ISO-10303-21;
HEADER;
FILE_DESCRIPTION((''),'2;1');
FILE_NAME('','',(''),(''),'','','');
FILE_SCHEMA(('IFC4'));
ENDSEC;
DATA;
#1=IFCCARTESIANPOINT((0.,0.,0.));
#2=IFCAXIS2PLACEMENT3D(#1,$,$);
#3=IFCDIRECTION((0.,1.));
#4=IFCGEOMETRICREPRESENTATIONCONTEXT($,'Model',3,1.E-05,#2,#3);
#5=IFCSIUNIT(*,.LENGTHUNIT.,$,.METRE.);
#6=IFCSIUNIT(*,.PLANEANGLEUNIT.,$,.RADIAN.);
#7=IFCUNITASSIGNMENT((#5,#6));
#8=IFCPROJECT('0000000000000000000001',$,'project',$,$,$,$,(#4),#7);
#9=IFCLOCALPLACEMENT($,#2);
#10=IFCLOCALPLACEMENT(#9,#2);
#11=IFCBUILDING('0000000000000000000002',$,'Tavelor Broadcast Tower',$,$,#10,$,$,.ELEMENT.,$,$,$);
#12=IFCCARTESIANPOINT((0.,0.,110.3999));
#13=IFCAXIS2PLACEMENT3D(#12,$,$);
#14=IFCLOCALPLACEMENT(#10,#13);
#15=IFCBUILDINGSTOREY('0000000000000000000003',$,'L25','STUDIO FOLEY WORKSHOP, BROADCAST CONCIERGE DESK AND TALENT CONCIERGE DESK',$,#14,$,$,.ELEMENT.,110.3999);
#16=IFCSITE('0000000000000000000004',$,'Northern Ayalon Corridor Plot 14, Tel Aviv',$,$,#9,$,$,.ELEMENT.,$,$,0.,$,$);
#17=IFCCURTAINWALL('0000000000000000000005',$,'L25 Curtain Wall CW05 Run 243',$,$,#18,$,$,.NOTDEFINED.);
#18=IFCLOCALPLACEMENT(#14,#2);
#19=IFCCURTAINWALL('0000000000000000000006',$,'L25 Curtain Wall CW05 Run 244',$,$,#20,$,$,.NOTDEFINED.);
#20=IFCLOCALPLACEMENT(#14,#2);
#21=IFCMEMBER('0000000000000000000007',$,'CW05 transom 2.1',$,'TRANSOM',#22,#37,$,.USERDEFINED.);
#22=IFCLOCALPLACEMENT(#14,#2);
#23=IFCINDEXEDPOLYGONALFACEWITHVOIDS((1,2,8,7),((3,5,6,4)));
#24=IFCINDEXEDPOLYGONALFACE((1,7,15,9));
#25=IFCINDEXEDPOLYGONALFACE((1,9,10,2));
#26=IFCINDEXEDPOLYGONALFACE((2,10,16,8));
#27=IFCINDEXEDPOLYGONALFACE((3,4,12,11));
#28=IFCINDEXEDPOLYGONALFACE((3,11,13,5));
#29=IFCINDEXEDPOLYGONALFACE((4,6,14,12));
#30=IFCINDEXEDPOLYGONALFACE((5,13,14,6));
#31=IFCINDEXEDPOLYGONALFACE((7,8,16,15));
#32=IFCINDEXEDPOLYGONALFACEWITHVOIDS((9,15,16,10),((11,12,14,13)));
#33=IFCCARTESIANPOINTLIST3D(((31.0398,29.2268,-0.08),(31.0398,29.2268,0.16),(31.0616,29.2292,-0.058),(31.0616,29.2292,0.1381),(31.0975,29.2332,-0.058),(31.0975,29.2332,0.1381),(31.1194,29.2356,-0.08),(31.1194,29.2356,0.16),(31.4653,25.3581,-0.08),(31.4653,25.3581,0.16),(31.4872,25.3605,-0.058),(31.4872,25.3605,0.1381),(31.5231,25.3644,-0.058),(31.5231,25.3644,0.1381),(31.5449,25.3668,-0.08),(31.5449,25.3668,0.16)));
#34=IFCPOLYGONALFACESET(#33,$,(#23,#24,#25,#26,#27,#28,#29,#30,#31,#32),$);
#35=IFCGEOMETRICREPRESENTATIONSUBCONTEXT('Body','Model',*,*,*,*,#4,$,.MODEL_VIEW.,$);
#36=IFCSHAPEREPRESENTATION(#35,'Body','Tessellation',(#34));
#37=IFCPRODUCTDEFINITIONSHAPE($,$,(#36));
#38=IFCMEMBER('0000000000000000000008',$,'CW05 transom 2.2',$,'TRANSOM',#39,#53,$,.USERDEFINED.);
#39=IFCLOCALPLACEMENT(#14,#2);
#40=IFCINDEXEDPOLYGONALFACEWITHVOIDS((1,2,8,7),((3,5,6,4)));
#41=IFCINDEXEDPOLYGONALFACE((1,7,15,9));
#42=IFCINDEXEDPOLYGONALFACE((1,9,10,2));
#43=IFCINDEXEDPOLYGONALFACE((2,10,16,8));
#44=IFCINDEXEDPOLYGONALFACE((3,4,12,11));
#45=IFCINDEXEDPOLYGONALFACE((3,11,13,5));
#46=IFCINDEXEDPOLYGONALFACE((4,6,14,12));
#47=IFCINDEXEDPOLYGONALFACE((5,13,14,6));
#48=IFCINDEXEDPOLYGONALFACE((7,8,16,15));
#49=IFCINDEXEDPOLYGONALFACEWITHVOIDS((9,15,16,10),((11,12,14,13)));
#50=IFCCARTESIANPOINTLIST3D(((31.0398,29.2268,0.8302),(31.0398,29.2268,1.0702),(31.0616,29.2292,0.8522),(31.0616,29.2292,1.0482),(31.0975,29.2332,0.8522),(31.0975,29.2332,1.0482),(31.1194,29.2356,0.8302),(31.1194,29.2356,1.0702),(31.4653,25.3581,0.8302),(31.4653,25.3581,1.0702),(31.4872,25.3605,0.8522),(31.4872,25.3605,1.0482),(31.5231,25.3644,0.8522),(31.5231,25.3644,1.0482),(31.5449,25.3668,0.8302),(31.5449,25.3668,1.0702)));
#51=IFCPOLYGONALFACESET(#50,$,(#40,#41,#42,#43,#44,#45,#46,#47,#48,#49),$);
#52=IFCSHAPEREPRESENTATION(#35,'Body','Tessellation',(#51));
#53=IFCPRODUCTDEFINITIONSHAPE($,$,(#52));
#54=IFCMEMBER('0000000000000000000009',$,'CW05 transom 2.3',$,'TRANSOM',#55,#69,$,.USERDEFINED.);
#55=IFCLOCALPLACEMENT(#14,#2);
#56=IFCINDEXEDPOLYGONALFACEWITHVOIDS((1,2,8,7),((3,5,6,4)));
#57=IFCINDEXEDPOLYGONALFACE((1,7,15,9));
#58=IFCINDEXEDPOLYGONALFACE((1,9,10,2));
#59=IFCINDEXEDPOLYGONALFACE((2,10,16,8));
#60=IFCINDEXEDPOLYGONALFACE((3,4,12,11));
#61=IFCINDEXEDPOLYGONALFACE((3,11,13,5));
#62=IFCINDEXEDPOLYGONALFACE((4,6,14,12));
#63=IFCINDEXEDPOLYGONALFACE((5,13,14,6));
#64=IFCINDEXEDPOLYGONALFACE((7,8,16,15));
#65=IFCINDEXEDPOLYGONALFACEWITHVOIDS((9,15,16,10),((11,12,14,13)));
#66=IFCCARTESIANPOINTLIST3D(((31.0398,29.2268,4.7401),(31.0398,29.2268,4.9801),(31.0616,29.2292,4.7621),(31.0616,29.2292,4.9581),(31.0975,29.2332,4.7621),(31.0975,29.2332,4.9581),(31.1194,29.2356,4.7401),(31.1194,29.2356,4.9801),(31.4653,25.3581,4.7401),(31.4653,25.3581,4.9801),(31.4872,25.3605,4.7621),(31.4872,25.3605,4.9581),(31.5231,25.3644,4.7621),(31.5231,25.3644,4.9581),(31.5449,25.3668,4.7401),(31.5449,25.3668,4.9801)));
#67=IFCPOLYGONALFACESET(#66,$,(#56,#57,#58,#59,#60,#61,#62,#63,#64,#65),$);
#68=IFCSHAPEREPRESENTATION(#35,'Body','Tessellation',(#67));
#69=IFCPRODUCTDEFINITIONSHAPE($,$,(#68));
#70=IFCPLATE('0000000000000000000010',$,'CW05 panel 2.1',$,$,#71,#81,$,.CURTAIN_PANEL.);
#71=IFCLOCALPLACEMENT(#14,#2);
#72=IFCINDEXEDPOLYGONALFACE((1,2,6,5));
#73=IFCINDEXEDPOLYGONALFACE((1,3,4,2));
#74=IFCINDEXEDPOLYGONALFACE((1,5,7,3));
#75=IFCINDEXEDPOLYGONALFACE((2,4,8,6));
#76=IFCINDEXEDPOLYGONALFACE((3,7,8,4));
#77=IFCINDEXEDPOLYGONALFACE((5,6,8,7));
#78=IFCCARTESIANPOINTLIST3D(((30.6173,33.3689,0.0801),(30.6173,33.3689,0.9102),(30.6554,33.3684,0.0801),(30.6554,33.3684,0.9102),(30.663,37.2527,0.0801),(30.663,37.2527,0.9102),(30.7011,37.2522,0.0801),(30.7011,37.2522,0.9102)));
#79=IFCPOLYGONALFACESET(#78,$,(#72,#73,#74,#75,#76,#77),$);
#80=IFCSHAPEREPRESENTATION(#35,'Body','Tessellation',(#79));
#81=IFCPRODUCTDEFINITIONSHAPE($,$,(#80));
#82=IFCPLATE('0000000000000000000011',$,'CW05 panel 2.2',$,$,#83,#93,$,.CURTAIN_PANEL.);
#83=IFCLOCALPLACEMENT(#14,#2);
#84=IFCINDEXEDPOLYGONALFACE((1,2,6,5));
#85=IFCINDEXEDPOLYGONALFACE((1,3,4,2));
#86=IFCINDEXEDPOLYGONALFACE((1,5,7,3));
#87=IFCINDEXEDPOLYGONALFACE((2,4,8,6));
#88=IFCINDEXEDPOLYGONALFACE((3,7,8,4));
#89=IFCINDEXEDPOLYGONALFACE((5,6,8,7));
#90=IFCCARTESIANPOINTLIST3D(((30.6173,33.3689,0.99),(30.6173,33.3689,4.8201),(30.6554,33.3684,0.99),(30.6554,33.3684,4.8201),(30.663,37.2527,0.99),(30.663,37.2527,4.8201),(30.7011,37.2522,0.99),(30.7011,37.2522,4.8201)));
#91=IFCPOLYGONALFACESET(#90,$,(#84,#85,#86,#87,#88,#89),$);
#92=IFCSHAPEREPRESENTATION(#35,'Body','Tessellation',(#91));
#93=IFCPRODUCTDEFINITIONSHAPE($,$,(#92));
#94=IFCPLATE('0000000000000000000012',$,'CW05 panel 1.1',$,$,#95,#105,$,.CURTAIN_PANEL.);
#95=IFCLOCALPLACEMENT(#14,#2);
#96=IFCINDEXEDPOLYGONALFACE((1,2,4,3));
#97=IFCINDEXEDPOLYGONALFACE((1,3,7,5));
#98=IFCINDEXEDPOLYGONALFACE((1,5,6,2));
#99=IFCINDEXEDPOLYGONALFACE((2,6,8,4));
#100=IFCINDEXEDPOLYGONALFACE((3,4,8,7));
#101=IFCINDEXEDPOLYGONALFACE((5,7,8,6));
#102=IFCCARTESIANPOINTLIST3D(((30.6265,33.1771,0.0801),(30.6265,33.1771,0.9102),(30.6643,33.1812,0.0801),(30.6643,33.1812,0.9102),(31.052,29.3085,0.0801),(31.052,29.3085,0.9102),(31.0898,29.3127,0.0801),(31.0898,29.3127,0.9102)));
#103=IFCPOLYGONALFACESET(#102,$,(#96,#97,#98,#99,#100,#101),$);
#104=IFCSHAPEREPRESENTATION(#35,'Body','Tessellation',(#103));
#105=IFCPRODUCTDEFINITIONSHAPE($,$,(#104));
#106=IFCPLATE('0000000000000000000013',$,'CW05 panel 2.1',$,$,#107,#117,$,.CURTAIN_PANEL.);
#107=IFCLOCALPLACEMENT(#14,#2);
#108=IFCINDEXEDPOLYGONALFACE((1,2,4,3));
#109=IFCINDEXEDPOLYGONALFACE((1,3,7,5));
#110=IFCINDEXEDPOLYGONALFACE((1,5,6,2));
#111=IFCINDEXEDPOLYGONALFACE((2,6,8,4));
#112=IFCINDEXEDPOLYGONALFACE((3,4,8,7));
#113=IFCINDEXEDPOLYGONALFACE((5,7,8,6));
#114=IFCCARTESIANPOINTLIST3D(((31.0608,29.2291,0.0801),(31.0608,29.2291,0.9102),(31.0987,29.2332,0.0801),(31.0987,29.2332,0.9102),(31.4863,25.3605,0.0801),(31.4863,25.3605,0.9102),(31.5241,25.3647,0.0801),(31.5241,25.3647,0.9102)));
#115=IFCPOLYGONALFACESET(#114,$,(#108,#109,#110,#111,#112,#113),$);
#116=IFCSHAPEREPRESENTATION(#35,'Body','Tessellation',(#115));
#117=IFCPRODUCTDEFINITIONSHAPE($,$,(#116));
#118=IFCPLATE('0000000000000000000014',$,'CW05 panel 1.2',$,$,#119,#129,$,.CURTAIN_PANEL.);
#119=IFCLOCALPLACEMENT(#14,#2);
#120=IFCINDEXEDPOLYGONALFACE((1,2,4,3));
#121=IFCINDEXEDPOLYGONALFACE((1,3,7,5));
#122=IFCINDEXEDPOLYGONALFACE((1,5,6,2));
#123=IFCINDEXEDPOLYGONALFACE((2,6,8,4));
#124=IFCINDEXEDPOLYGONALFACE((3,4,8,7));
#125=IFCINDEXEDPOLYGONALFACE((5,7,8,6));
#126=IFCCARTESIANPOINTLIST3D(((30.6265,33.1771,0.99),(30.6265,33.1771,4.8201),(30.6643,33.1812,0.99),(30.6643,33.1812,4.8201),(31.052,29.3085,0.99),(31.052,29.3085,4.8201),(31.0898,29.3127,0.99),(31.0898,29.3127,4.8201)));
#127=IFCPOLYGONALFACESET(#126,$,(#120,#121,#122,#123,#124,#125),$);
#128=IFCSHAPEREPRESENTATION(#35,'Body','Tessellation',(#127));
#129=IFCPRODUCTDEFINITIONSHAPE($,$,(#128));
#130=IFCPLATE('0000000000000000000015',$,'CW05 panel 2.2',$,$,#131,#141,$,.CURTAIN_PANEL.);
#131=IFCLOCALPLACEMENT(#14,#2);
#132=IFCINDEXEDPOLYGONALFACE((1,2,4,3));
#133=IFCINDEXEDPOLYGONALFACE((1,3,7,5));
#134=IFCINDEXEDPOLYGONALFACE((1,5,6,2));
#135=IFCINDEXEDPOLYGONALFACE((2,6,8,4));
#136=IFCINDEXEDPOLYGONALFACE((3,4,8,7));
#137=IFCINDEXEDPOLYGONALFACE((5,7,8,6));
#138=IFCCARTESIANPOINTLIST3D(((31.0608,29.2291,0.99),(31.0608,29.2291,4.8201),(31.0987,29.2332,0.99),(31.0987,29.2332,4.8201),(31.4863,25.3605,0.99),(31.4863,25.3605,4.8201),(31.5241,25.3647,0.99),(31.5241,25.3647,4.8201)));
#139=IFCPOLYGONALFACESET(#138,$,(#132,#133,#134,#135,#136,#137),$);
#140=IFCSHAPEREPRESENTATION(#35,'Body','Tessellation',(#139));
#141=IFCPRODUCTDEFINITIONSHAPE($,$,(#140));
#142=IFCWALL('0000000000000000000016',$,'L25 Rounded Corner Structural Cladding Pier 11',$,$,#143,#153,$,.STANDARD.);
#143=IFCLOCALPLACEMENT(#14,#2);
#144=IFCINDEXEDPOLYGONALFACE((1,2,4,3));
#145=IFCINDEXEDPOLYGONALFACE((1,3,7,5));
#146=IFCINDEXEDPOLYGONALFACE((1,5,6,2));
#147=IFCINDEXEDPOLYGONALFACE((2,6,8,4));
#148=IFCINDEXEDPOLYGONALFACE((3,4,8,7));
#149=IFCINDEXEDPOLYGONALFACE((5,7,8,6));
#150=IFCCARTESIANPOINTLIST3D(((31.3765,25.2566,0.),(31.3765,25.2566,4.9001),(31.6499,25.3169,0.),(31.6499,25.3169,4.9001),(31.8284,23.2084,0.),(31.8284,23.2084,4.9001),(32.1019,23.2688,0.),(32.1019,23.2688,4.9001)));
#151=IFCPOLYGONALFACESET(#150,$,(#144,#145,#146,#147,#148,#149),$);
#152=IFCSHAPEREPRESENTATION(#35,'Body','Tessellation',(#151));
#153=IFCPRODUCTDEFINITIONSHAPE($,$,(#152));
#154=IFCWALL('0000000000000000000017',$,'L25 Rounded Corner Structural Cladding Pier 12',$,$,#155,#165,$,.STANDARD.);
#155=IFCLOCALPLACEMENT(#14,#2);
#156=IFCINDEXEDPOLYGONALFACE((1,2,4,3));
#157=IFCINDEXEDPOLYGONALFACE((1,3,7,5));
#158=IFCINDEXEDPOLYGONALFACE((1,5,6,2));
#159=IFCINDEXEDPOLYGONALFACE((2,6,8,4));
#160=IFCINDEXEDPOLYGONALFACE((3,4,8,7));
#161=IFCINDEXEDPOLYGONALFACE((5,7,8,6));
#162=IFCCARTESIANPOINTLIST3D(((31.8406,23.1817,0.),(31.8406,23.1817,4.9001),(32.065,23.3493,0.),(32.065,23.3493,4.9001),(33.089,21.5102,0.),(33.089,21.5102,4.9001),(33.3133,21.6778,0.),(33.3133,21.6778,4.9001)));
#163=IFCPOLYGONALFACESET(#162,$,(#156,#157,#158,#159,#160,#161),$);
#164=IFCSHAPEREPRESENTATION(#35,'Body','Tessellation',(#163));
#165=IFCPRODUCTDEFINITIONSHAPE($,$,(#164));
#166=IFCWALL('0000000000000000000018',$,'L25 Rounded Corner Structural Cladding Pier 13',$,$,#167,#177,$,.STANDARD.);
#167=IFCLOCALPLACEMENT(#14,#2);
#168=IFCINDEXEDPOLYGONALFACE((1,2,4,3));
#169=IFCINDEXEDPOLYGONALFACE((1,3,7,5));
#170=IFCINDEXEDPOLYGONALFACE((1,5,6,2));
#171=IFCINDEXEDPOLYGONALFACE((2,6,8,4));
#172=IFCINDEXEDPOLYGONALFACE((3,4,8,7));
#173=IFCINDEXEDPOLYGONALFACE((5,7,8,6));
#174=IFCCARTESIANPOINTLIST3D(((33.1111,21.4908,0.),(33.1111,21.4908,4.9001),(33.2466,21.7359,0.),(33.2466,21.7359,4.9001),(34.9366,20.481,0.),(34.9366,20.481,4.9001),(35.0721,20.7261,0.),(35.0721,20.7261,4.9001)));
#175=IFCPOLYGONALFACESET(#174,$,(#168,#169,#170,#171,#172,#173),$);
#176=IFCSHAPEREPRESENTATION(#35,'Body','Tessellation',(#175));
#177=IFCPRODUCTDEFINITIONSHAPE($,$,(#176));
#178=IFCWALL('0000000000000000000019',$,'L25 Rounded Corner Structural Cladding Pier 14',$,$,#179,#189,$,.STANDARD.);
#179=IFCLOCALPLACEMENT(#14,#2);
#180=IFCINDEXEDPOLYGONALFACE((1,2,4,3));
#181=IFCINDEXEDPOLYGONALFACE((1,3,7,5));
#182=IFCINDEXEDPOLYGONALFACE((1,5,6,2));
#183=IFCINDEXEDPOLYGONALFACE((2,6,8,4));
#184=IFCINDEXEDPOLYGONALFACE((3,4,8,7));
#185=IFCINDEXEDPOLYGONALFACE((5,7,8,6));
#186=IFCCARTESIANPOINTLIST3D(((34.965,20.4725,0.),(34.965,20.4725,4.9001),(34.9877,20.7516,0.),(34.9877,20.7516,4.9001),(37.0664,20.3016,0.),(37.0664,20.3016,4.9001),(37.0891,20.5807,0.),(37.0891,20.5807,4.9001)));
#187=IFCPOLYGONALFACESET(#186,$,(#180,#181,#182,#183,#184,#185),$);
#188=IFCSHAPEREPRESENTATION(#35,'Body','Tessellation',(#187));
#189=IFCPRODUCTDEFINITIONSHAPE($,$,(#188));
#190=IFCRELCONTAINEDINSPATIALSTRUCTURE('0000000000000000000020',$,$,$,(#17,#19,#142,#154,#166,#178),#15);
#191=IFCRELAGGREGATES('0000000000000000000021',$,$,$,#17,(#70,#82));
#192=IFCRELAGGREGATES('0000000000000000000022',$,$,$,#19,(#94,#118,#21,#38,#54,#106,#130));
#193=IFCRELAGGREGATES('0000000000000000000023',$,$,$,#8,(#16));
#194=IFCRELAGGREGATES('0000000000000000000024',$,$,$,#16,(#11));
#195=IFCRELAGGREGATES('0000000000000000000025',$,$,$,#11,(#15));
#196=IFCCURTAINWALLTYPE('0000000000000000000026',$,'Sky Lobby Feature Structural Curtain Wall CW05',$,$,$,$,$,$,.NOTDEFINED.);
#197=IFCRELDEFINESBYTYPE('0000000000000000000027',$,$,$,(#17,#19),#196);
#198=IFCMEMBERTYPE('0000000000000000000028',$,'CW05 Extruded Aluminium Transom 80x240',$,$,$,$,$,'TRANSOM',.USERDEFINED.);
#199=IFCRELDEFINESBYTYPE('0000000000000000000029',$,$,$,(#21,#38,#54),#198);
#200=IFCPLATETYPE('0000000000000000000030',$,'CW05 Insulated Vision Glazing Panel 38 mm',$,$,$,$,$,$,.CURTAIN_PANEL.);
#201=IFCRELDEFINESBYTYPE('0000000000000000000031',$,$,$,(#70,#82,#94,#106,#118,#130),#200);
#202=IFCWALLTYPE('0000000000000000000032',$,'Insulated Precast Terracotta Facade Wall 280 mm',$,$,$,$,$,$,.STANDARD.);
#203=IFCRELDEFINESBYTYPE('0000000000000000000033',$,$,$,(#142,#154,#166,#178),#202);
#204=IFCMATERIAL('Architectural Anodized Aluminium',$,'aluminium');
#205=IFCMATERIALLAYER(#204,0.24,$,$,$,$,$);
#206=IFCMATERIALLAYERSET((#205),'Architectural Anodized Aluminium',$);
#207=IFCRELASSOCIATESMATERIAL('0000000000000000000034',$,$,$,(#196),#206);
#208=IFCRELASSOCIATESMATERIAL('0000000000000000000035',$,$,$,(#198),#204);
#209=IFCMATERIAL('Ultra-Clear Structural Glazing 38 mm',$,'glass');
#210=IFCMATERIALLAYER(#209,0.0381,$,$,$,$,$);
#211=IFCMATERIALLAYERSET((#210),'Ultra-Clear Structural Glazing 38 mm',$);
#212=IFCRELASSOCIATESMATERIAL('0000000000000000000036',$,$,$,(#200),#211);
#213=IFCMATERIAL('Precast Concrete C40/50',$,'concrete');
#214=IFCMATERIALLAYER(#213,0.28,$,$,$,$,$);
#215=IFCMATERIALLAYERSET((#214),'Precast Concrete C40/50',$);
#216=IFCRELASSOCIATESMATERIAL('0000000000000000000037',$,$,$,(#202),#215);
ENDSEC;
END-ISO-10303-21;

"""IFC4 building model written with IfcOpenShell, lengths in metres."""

from ifc_helpers import new_model, si_unit, direction, frame, frame_2d, origin, origin_2d, place, context, subcontext, project, spatial, rectangle, hollow_rectangle, extrude, source, transform, mapped, material, layer, layer_set, material_profile, profile_set, type_object, type_shapes, element, aggregate, save


model = new_model("IFC4")

# Units and contexts
model_context = context("Model", 3, precision=1e-05, world=origin(), true_north=direction((0.0, 1.0)))
body_context = subcontext(model_context, "Body", "Model", "MODEL_VIEW")
ifc_project = project(units=[si_unit("LENGTHUNIT", "METRE"), si_unit("PLANEANGLEUNIT", "RADIAN")], contexts=[model_context])

# Site, building, storey
site_placement = place(None, origin())
site = spatial("IfcSite", under=ifc_project, at=site_placement, Name="Northern Ayalon Corridor Plot 14, Tel Aviv", CompositionType="ELEMENT", RefElevation=0.0)
building_placement = place(site_placement, origin())
building = spatial("IfcBuilding", under=site, at=building_placement, Name="Tavelor Broadcast Tower", CompositionType="ELEMENT")
storey_placement = place(building_placement, frame((0.0, 0.0, 110.3999)))
storey = spatial("IfcBuildingStorey", under=building, at=storey_placement, Name="L25", Description="STUDIO FOLEY WORKSHOP, BROADCAST CONCIERGE DESK AND TALENT CONCIERGE DESK", CompositionType="ELEMENT", Elevation=110.3999)

# Curtain walls
ifc_material_1 = material(Name="Architectural Anodized Aluminium", Category="aluminium")
ifc_layer_1 = layer(ifc_material_1, 0.24)
ifc_layer_set_1 = layer_set([ifc_layer_1], Name="Architectural Anodized Aluminium")
curtain_wall_type = type_object("IfcCurtainWallType", Name="Sky Lobby Feature Structural Curtain Wall CW05", PredefinedType="NOTDEFINED", material=ifc_layer_set_1)
curtain_wall_1_placement = place(storey_placement, origin())
curtain_wall_1 = element("IfcCurtainWall", 1, at=curtain_wall_1_placement, inside=storey, type_object=curtain_wall_type, Name="L25 Curtain Wall CW05 Run 243", PredefinedType="NOTDEFINED")
curtain_wall_2_placement = place(storey_placement, origin())
curtain_wall_2 = element("IfcCurtainWall", 2, at=curtain_wall_2_placement, inside=storey, type_object=curtain_wall_type, Name="L25 Curtain Wall CW05 Run 244", PredefinedType="NOTDEFINED")

# Members
ifc_material_profile_1 = material_profile(ifc_material_1, hollow_rectangle(XDim=0.0801, YDim=0.24, WallThickness=0.022, at=origin_2d()), Name="RHS 80x240x22")
ifc_profile_set_1 = profile_set([ifc_material_profile_1], Name="Architectural Anodized Aluminium")
member_type_1 = type_object("IfcMemberType", Name="CW05 Extruded Aluminium Transom 80x240", ElementType="TRANSOM", PredefinedType="USERDEFINED", material=ifc_profile_set_1)
shared_shape_1 = source(origin(), body_context, "Body", "SweptSolid", [
    extrude(hollow_rectangle(XDim=0.0801, YDim=0.24, WallThickness=0.022, at=origin_2d()), origin(), (0.0, 0.0, 1.0), 3.8921),
])
member_1_placement = place(storey_placement, frame((31.0796, 29.2312, 0.04), z_axis=(0.109337, -0.994005, 0.0), x_axis=(0.994005, 0.109337, 0.0)))
member_1 = element("IfcMember", 3, at=member_1_placement, type_object=member_type_1, Name="CW05 transom 2.1", ObjectType="TRANSOM", PredefinedType="USERDEFINED", context=body_context, shape_type="MappedRepresentation", body=[
    mapped(shared_shape_1, transform((0.0, 0.0, 0.0), scale=1.0)),
])
member_2_placement = place(storey_placement, frame((31.0796, 29.2312, 0.9502), z_axis=(0.109337, -0.994005, 0.0), x_axis=(0.994005, 0.109337, 0.0)))
member_2 = element("IfcMember", 4, at=member_2_placement, type_object=member_type_1, Name="CW05 transom 2.2", ObjectType="TRANSOM", PredefinedType="USERDEFINED", context=body_context, shape_type="MappedRepresentation", body=[
    mapped(shared_shape_1, transform((0.0, 0.0, 0.0), scale=1.0)),
])
member_3_placement = place(storey_placement, frame((31.0796, 29.2312, 4.8601), z_axis=(0.109337, -0.994005, 0.0), x_axis=(0.994005, 0.109337, 0.0)))
member_3 = element("IfcMember", 5, at=member_3_placement, type_object=member_type_1, Name="CW05 transom 2.3", ObjectType="TRANSOM", PredefinedType="USERDEFINED", context=body_context, shape_type="MappedRepresentation", body=[
    mapped(shared_shape_1, transform((0.0, 0.0, 0.0), scale=1.0)),
])

# Plates
ifc_material_2 = material(Name="Ultra-Clear Structural Glazing 38 mm", Category="glass")
ifc_layer_2 = layer(ifc_material_2, 0.0381)
ifc_layer_set_2 = layer_set([ifc_layer_2], Name="Ultra-Clear Structural Glazing 38 mm")
plate_type = type_object("IfcPlateType", Name="CW05 Insulated Vision Glazing Panel 38 mm", PredefinedType="CURTAIN_PANEL", material=ifc_layer_set_2)
shared_shape_2 = source(origin(), body_context, "Body", "SweptSolid", [
    extrude(rectangle(XDim=3.884, YDim=0.0381, at=origin_2d()), origin(), (0.0, 0.0, 1.0), 0.8301),
])
plate_1_placement = place(storey_placement, frame((30.6592, 35.3105, 0.0801), z_axis=(0.0, 0.0, 1.0), x_axis=(-0.011763, -0.999931, 0.0)))
plate_1 = element("IfcPlate", 6, at=plate_1_placement, type_object=plate_type, Name="CW05 panel 2.1", PredefinedType="CURTAIN_PANEL", context=body_context, shape_type="MappedRepresentation", body=[
    mapped(shared_shape_2, transform((0.0, 0.0, 0.0), scale=1.0)),
])
shared_shape_3 = source(origin(), body_context, "Body", "SweptSolid", [
    extrude(rectangle(XDim=3.884, YDim=0.0381, at=origin_2d()), origin(), (0.0, 0.0, 1.0), 3.8301),
])
plate_2_placement = place(storey_placement, frame((30.6592, 35.3105, 0.99), z_axis=(0.0, 0.0, 1.0), x_axis=(-0.011763, -0.999931, 0.0)))
plate_2 = element("IfcPlate", 7, at=plate_2_placement, type_object=plate_type, Name="CW05 panel 2.2", PredefinedType="CURTAIN_PANEL", context=body_context, shape_type="MappedRepresentation", body=[
    mapped(shared_shape_3, transform((0.0, 0.0, 0.0), scale=1.0)),
])
aggregate(curtain_wall_1, [plate_1, plate_2])
shared_shape_4 = source(origin(), body_context, "Body", "SweptSolid", [
    extrude(rectangle(XDim=3.8918, YDim=0.0381, at=origin_2d()), origin(), (0.0, 0.0, 1.0), 0.8301),
])
plate_3_placement = place(storey_placement, frame((30.8582, 31.2449, 0.0801), z_axis=(0.0, 0.0, 1.0), x_axis=(0.109325, -0.994006, 0.0)))
plate_3 = element("IfcPlate", 8, at=plate_3_placement, type_object=plate_type, Name="CW05 panel 1.1", PredefinedType="CURTAIN_PANEL", context=body_context, shape_type="MappedRepresentation", body=[
    mapped(shared_shape_4, transform((0.0, 0.0, 0.0), scale=1.0)),
])
plate_4_placement = place(storey_placement, frame((31.2925, 27.2969, 0.0801), z_axis=(0.0, 0.0, 1.0), x_axis=(0.109325, -0.994006, 0.0)))
plate_4 = element("IfcPlate", 9, at=plate_4_placement, type_object=plate_type, Name="CW05 panel 2.1", PredefinedType="CURTAIN_PANEL", context=body_context, shape_type="MappedRepresentation", body=[
    mapped(shared_shape_4, transform((0.0, 0.0, 0.0), scale=1.0)),
])
shared_shape_5 = source(origin(), body_context, "Body", "SweptSolid", [
    extrude(rectangle(XDim=3.8918, YDim=0.0381, at=origin_2d()), origin(), (0.0, 0.0, 1.0), 3.8301),
])
type_shapes(plate_type, [shared_shape_2, shared_shape_3, shared_shape_4, shared_shape_5])
plate_5_placement = place(storey_placement, frame((30.8582, 31.2449, 0.99), z_axis=(0.0, 0.0, 1.0), x_axis=(0.109325, -0.994006, 0.0)))
plate_5 = element("IfcPlate", 10, at=plate_5_placement, type_object=plate_type, Name="CW05 panel 1.2", PredefinedType="CURTAIN_PANEL", context=body_context, shape_type="MappedRepresentation", body=[
    mapped(shared_shape_5, transform((0.0, 0.0, 0.0), scale=1.0)),
])
plate_6_placement = place(storey_placement, frame((31.2925, 27.2969, 0.99), z_axis=(0.0, 0.0, 1.0), x_axis=(0.109325, -0.994006, 0.0)))
plate_6 = element("IfcPlate", 11, at=plate_6_placement, type_object=plate_type, Name="CW05 panel 2.2", PredefinedType="CURTAIN_PANEL", context=body_context, shape_type="MappedRepresentation", body=[
    mapped(shared_shape_5, transform((0.0, 0.0, 0.0), scale=1.0)),
])
aggregate(curtain_wall_2, [plate_3, plate_5, member_1, member_2, member_3, plate_4, plate_6])

# Walls
ifc_material_3 = material(Name="Precast Concrete C40/50", Category="concrete")
ifc_layer_3 = layer(ifc_material_3, 0.28)
ifc_layer_set_3 = layer_set([ifc_layer_3], Name="Precast Concrete C40/50")
wall_type = type_object("IfcWallType", Name="Insulated Precast Terracotta Facade Wall 280 mm", PredefinedType="STANDARD", material=ifc_layer_set_3)
wall_1_placement = place(storey_placement, frame((31.5132, 25.2869, 0.0), z_axis=(0.0, 0.0, 1.0), x_axis=(0.215464, -0.976512, 0.0)))
element("IfcWall", 12, at=wall_1_placement, inside=storey, type_object=wall_type, Name="L25 Rounded Corner Structural Cladding Pier 11", PredefinedType="STANDARD", context=body_context, shape_type="SweptSolid", body=[
    extrude(rectangle(XDim=2.0974, YDim=0.28, at=frame_2d((1.0488, 0.0))), origin(), (0.0, 0.0, 1.0), 4.9001),
])
for number, where, z_axis, x_axis, name in (
    (13, (31.9529, 23.2654, 0.0), (0.0, 0.0, 1.0), (0.598388, -0.801206, 0.0), "L25 Rounded Corner Structural Cladding Pier 12"),
    (14, (33.179, 21.6133, 0.0), (0.0, 0.0, 1.0), (0.875045, -0.484042, 0.0), "L25 Rounded Corner Structural Cladding Pier 13"),
):
    element("IfcWall", number, at=place(storey_placement, frame(where, z_axis=z_axis, x_axis=x_axis)), inside=storey, type_object=wall_type, Name=name, PredefinedType="STANDARD", context=body_context, shape_type="SweptSolid", body=[
        extrude(rectangle(XDim=2.0862, YDim=0.28, at=frame_2d((1.043, 0.0))), origin(), (0.0, 0.0, 1.0), 4.9001),
    ])
wall_2_placement = place(storey_placement, frame((34.9763, 20.6121, 0.0), z_axis=(0.0, 0.0, 1.0), x_axis=(0.99671, -0.081052, 0.0)))
element("IfcWall", 15, at=wall_2_placement, inside=storey, type_object=wall_type, Name="L25 Rounded Corner Structural Cladding Pier 14", PredefinedType="STANDARD", context=body_context, shape_type="SweptSolid", body=[
    extrude(rectangle(XDim=2.1084, YDim=0.28, at=frame_2d((1.0542, 0.0))), origin(), (0.0, 0.0, 1.0), 4.9001),
])

save(model, "model.ifc")
